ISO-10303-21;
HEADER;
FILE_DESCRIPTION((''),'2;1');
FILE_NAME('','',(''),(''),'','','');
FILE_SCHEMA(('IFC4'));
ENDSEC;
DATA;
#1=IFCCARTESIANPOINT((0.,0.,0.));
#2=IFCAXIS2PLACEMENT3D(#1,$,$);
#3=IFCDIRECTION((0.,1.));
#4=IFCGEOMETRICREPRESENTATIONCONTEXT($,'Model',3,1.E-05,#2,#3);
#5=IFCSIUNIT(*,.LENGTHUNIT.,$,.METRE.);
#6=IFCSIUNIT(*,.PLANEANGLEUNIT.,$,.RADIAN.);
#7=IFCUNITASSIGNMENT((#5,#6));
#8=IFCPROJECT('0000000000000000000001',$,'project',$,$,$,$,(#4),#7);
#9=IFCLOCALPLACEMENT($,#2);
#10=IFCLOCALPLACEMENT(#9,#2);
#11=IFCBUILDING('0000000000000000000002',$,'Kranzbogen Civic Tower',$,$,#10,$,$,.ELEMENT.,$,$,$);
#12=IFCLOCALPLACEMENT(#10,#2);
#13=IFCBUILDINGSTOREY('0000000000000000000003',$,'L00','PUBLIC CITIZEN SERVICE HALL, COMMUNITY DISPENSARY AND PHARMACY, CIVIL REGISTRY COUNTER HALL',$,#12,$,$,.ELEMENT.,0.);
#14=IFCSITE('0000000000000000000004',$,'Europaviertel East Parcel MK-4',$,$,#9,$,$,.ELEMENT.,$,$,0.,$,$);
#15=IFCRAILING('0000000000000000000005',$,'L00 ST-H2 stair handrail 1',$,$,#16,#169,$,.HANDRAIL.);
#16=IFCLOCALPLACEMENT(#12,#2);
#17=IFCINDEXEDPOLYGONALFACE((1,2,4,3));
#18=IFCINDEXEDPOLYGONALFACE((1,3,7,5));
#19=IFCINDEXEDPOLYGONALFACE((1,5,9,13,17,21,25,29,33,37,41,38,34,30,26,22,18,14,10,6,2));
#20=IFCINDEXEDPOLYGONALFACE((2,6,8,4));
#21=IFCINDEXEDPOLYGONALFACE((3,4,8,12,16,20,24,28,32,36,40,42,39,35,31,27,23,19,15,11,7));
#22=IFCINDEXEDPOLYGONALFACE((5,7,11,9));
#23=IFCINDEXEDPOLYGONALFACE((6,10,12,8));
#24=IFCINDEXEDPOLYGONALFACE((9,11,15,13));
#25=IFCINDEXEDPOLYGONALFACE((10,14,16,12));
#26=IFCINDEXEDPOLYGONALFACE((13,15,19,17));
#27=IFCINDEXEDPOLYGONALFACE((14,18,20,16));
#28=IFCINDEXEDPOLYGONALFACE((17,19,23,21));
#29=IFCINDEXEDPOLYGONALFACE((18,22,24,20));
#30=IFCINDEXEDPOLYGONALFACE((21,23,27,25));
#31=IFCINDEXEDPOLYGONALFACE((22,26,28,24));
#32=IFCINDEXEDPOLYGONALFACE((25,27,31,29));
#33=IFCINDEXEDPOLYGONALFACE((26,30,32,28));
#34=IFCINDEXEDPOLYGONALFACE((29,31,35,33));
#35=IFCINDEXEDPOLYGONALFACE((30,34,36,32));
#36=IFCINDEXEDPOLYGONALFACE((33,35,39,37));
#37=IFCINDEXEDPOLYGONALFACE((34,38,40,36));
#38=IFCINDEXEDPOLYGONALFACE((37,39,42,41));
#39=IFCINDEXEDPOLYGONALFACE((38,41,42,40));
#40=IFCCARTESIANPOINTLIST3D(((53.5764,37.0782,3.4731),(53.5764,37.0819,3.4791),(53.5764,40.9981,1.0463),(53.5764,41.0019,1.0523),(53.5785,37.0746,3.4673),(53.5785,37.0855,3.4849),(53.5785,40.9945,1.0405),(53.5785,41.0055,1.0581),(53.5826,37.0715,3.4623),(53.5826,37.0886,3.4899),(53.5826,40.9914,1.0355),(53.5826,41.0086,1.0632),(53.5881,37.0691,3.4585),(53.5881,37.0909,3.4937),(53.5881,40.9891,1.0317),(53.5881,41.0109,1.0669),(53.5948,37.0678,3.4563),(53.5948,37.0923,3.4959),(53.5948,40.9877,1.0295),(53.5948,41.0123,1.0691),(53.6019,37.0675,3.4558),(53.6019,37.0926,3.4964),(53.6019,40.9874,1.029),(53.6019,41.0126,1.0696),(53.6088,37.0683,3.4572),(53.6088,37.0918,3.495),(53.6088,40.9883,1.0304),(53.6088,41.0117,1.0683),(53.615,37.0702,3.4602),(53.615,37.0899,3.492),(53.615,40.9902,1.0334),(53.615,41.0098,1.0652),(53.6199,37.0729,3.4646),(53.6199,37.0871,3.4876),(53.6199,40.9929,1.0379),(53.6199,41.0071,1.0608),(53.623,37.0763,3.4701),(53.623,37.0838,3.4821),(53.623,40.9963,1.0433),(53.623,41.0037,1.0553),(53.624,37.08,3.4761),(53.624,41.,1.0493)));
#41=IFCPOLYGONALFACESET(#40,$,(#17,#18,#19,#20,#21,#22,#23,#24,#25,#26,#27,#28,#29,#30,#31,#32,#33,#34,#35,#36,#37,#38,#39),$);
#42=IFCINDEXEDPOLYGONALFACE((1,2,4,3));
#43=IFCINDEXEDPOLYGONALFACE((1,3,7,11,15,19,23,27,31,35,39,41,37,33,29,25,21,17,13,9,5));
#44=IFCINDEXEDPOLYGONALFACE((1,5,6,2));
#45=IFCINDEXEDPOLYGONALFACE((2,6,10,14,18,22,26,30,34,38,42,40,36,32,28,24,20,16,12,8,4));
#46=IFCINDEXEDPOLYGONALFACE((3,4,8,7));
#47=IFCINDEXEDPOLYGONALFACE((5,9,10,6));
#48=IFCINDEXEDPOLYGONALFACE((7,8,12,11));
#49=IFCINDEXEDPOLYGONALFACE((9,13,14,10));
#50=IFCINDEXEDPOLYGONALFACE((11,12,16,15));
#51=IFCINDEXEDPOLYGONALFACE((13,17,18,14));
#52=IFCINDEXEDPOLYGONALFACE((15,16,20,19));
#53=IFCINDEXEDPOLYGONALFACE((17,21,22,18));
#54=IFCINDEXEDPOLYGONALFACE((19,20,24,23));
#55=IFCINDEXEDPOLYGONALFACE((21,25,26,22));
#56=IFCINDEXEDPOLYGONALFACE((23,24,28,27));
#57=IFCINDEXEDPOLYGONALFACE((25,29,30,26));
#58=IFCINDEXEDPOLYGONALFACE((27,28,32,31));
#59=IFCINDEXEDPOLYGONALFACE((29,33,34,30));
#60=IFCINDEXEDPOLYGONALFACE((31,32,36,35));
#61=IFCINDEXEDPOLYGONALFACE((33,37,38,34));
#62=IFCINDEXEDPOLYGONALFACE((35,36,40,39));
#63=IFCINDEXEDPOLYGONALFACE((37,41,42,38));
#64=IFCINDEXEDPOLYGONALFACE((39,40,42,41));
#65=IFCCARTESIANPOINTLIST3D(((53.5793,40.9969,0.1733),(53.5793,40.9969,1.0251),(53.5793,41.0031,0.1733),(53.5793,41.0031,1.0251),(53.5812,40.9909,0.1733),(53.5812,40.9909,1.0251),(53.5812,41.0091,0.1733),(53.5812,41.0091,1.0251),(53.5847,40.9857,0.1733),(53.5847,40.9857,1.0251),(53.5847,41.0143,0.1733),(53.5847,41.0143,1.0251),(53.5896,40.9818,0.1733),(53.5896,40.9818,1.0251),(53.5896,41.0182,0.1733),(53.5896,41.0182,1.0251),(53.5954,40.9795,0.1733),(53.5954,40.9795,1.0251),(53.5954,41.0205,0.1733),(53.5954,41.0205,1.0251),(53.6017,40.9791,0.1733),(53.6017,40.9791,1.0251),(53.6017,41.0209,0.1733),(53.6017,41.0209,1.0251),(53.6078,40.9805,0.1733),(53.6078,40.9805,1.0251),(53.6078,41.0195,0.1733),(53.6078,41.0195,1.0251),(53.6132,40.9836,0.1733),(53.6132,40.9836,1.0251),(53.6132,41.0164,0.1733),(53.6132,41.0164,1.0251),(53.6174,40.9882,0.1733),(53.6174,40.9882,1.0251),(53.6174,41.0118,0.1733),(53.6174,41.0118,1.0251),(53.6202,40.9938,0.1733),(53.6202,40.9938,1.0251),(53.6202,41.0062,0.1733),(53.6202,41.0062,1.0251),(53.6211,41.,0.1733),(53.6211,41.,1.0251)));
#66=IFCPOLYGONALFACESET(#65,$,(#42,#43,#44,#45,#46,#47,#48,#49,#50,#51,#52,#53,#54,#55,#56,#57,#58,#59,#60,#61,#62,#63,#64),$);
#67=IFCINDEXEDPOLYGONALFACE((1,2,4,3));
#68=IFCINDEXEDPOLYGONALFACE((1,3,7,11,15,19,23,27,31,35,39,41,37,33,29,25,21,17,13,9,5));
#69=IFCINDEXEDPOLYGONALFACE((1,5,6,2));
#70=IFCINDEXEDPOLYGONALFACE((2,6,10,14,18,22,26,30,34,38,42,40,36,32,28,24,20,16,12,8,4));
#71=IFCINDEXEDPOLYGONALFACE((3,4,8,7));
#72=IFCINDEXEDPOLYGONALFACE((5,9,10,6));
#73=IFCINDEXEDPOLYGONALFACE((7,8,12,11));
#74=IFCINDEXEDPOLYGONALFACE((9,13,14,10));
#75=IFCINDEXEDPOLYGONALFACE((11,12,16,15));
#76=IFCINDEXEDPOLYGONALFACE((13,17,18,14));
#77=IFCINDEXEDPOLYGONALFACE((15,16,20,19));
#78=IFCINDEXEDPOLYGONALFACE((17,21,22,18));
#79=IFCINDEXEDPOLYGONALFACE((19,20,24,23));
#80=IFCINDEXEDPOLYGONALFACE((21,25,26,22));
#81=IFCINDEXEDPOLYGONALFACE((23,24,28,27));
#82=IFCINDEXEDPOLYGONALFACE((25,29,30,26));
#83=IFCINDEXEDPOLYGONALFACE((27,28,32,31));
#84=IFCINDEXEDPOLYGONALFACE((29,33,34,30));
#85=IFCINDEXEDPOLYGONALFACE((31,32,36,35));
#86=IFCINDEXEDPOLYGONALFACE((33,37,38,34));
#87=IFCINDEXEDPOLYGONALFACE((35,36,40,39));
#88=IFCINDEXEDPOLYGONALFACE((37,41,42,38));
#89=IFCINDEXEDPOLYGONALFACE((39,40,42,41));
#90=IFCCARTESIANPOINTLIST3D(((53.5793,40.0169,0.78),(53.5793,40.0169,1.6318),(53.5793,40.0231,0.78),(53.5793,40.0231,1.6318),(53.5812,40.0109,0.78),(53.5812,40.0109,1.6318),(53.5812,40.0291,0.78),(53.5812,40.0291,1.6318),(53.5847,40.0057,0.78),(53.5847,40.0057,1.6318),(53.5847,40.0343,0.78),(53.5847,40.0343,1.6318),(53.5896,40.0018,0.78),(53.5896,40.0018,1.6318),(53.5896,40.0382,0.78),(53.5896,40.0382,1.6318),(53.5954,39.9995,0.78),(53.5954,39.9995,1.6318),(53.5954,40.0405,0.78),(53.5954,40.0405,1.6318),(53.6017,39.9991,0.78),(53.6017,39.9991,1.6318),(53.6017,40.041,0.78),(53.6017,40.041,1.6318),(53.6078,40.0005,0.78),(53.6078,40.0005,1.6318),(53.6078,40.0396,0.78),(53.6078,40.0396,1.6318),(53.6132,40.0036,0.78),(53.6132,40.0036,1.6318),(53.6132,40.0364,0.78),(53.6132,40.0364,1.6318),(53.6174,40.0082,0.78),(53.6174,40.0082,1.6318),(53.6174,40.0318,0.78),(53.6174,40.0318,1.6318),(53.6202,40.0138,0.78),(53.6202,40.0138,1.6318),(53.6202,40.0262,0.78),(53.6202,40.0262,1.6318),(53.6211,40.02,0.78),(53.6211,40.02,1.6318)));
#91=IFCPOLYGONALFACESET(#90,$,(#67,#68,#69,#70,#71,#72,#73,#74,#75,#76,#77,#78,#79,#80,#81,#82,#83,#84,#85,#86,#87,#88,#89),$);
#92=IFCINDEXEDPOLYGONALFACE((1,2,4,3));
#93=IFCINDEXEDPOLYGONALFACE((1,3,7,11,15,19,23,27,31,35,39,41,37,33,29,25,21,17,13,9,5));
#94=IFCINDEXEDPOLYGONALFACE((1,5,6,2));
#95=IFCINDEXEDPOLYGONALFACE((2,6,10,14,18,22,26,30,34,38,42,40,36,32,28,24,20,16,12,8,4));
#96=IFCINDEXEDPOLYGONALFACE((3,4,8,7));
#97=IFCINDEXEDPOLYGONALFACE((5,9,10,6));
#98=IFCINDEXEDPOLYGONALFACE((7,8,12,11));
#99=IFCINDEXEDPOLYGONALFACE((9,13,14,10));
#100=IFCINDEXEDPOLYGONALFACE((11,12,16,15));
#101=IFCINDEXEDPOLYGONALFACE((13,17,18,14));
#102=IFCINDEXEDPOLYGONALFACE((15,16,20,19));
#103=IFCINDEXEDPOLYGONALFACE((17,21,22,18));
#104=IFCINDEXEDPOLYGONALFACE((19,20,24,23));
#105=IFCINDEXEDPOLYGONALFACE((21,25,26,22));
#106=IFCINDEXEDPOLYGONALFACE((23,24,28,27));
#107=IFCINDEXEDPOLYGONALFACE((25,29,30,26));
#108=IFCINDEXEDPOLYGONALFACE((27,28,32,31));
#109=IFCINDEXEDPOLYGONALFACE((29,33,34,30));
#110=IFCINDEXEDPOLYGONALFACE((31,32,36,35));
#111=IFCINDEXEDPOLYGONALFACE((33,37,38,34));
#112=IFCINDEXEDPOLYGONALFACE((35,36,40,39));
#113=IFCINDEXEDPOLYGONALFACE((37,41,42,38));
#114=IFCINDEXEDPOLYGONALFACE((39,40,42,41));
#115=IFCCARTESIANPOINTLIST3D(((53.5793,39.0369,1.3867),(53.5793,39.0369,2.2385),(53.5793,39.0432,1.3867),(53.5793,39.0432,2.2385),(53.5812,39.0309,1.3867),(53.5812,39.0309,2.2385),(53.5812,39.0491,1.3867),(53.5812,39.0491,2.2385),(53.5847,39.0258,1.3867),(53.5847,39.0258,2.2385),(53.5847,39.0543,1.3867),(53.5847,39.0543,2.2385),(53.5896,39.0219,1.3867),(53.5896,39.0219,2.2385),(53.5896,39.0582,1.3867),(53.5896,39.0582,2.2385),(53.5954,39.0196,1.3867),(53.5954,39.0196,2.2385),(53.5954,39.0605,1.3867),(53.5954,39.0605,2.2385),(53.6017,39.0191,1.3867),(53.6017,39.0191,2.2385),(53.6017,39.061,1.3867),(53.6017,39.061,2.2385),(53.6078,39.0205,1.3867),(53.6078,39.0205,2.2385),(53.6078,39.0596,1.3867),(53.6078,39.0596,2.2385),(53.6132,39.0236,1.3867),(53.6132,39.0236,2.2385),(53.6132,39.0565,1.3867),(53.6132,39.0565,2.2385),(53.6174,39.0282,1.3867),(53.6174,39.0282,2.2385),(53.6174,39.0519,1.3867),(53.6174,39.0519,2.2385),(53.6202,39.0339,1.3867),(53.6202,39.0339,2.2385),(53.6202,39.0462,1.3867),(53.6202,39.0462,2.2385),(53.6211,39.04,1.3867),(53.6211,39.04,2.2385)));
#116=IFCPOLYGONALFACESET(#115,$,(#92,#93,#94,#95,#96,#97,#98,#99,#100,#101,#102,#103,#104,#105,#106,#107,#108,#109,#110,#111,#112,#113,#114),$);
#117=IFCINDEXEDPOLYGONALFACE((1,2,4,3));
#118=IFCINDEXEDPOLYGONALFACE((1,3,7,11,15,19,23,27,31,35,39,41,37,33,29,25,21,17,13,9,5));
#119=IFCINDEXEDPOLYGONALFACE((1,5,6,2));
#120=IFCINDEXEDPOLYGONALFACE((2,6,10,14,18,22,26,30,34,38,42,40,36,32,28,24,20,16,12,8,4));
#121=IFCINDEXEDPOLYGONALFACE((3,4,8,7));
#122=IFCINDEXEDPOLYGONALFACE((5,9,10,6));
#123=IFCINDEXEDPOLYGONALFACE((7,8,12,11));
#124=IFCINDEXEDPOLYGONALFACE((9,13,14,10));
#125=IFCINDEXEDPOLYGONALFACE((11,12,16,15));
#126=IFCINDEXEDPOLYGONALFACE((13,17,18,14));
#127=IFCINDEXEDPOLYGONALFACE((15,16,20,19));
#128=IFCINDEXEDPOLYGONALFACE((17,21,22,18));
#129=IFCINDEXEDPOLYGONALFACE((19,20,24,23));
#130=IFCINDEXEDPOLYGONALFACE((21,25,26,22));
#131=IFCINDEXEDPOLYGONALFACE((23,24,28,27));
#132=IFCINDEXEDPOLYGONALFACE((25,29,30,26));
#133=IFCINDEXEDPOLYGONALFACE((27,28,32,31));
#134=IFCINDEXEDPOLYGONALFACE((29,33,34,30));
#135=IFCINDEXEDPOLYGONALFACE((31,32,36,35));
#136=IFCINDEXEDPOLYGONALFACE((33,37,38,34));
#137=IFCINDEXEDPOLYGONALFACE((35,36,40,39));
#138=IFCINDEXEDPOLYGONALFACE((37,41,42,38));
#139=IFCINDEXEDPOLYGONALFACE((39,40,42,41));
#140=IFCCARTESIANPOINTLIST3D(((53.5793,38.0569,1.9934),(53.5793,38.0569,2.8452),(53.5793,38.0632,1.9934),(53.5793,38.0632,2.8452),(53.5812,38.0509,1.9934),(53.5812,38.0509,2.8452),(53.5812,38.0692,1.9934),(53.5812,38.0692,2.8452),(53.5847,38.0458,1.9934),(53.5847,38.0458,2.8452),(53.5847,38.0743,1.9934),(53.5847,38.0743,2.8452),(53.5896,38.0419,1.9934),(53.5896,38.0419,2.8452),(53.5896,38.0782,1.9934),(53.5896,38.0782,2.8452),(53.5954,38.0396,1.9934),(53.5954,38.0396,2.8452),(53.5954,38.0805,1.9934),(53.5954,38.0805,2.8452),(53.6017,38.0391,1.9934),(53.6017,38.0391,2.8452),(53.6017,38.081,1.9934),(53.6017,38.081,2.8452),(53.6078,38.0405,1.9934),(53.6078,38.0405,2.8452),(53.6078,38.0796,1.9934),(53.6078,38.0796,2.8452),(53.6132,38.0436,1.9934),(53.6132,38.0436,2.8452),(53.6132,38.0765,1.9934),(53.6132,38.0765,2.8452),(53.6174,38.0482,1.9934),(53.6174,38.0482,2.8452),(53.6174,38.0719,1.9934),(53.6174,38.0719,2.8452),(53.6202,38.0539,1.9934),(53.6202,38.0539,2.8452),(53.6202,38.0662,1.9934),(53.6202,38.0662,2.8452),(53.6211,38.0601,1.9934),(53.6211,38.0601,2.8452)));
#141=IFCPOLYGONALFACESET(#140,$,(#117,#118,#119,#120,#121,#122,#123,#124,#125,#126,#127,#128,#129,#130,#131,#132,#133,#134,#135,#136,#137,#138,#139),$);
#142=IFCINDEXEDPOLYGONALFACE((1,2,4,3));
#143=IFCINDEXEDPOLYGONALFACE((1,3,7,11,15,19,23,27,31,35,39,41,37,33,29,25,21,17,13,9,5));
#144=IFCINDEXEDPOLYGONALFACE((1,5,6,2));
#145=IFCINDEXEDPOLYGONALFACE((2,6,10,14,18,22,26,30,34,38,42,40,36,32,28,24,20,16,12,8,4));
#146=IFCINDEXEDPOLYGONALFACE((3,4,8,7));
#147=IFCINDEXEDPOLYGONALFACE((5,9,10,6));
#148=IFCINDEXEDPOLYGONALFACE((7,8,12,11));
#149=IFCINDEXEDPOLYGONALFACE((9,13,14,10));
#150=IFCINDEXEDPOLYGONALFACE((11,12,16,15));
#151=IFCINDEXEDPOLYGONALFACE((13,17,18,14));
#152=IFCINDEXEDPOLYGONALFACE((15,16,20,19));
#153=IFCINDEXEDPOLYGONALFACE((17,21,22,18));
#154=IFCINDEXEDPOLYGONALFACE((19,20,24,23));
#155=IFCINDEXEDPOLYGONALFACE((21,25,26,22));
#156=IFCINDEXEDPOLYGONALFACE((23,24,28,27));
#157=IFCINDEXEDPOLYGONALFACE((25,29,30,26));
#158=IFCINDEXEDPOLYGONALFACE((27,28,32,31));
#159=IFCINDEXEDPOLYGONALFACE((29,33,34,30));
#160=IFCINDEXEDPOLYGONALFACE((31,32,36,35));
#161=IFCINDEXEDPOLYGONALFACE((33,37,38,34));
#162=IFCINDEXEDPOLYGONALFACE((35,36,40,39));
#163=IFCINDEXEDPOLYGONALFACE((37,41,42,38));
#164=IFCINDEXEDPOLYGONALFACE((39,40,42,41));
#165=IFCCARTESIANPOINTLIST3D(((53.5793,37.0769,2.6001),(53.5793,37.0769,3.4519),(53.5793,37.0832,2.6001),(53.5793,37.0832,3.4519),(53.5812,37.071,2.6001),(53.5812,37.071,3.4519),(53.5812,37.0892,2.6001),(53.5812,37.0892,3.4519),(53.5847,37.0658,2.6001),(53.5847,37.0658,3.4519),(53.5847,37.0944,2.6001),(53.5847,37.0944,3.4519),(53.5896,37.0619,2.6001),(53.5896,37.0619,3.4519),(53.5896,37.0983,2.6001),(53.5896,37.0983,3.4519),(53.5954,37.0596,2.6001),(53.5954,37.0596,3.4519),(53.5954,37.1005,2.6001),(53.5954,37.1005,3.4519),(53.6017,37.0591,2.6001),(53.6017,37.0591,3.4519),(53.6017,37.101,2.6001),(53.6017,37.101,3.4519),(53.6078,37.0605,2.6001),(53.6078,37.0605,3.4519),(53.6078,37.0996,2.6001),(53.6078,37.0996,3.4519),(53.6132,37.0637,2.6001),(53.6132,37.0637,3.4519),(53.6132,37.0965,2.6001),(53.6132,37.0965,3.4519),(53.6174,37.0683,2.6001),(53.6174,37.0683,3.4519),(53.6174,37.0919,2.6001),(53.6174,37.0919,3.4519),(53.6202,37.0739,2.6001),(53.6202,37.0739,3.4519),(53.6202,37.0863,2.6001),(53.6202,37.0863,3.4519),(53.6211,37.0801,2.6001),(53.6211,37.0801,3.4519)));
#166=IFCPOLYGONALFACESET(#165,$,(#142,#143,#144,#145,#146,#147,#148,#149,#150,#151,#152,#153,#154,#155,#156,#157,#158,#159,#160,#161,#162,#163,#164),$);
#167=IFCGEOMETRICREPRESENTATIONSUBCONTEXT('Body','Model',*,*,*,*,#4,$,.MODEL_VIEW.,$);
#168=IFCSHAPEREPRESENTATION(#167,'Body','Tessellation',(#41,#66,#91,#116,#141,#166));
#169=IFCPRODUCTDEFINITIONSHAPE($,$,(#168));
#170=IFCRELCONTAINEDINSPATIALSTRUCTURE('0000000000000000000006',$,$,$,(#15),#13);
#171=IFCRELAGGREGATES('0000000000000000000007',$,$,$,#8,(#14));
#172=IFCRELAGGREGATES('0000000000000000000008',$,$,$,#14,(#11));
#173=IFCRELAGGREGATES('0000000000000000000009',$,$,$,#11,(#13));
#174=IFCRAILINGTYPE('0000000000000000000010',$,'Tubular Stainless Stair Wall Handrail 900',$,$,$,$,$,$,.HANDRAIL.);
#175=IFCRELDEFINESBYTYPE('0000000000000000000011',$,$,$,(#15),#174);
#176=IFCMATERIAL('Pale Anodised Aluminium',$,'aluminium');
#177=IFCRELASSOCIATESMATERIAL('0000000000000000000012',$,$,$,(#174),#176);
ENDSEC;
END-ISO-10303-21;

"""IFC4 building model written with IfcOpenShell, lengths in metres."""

from ifc_helpers import new_model, si_unit, direction, frame, origin, origin_2d, place, context, subcontext, project, spatial, circle, extrude, material, type_object, element, save


model = new_model("IFC4")

# Units and contexts
model_context = context("Model", 3, precision=1e-05, world=origin(), true_north=direction((0.0, 1.0)))
body_context = subcontext(model_context, "Body", "Model", "MODEL_VIEW")
ifc_project = project(units=[si_unit("LENGTHUNIT", "METRE"), si_unit("PLANEANGLEUNIT", "RADIAN")], contexts=[model_context])

# Site, building, storey
site_placement = place(None, origin())
site = spatial("IfcSite", under=ifc_project, at=site_placement, Name="Europaviertel East Parcel MK-4", CompositionType="ELEMENT", RefElevation=0.0)
building_placement = place(site_placement, origin())
building = spatial("IfcBuilding", under=site, at=building_placement, Name="Kranzbogen Civic Tower", CompositionType="ELEMENT")
storey_placement = place(building_placement, origin())
storey = spatial("IfcBuildingStorey", under=building, at=storey_placement, Name="L00", Description="PUBLIC CITIZEN SERVICE HALL, COMMUNITY DISPENSARY AND PHARMACY, CIVIL REGISTRY COUNTER HALL", CompositionType="ELEMENT", Elevation=0.0)

# Railing
ifc_material_1 = material(Name="Pale Anodised Aluminium", Category="aluminium")
railing_type_1 = type_object("IfcRailingType", Name="Tubular Stainless Stair Wall Handrail 900", PredefinedType="HANDRAIL", material=ifc_material_1)
railing_1_placement = place(storey_placement, frame((53.6001, 41.0, 0.1733)))
element("IfcRailing", 1, at=railing_1_placement, inside=storey, type_object=railing_type_1, Name="L00 ST-H2 stair handrail 1", PredefinedType="HANDRAIL", context=body_context, shape_type="SweptSolid", body=[
    extrude(circle(Radius=0.0239, at=origin_2d()), frame((0.0, 0.0, 0.876), z_axis=(0.0, -0.850252, 0.526376), x_axis=(1.0, 0.0, 0.0)), (0.0, 0.0, 1.0), 4.6104),
    extrude(circle(Radius=0.021, at=origin_2d()), origin(), (0.0, 0.0, 1.0), 0.8518),
    extrude(circle(Radius=0.021, at=origin_2d()), frame((0.0, -0.98, 0.6067)), (0.0, 0.0, 1.0), 0.8518),
    extrude(circle(Radius=0.021, at=origin_2d()), frame((0.0, -1.96, 1.2134)), (0.0, 0.0, 1.0), 0.8518),
    extrude(circle(Radius=0.021, at=origin_2d()), frame((0.0, -2.9399, 1.8201)), (0.0, 0.0, 1.0), 0.8518),
    extrude(circle(Radius=0.021, at=origin_2d()), frame((0.0, -3.9199, 2.4268)), (0.0, 0.0, 1.0), 0.8518),
])

save(model, "model.ifc")
